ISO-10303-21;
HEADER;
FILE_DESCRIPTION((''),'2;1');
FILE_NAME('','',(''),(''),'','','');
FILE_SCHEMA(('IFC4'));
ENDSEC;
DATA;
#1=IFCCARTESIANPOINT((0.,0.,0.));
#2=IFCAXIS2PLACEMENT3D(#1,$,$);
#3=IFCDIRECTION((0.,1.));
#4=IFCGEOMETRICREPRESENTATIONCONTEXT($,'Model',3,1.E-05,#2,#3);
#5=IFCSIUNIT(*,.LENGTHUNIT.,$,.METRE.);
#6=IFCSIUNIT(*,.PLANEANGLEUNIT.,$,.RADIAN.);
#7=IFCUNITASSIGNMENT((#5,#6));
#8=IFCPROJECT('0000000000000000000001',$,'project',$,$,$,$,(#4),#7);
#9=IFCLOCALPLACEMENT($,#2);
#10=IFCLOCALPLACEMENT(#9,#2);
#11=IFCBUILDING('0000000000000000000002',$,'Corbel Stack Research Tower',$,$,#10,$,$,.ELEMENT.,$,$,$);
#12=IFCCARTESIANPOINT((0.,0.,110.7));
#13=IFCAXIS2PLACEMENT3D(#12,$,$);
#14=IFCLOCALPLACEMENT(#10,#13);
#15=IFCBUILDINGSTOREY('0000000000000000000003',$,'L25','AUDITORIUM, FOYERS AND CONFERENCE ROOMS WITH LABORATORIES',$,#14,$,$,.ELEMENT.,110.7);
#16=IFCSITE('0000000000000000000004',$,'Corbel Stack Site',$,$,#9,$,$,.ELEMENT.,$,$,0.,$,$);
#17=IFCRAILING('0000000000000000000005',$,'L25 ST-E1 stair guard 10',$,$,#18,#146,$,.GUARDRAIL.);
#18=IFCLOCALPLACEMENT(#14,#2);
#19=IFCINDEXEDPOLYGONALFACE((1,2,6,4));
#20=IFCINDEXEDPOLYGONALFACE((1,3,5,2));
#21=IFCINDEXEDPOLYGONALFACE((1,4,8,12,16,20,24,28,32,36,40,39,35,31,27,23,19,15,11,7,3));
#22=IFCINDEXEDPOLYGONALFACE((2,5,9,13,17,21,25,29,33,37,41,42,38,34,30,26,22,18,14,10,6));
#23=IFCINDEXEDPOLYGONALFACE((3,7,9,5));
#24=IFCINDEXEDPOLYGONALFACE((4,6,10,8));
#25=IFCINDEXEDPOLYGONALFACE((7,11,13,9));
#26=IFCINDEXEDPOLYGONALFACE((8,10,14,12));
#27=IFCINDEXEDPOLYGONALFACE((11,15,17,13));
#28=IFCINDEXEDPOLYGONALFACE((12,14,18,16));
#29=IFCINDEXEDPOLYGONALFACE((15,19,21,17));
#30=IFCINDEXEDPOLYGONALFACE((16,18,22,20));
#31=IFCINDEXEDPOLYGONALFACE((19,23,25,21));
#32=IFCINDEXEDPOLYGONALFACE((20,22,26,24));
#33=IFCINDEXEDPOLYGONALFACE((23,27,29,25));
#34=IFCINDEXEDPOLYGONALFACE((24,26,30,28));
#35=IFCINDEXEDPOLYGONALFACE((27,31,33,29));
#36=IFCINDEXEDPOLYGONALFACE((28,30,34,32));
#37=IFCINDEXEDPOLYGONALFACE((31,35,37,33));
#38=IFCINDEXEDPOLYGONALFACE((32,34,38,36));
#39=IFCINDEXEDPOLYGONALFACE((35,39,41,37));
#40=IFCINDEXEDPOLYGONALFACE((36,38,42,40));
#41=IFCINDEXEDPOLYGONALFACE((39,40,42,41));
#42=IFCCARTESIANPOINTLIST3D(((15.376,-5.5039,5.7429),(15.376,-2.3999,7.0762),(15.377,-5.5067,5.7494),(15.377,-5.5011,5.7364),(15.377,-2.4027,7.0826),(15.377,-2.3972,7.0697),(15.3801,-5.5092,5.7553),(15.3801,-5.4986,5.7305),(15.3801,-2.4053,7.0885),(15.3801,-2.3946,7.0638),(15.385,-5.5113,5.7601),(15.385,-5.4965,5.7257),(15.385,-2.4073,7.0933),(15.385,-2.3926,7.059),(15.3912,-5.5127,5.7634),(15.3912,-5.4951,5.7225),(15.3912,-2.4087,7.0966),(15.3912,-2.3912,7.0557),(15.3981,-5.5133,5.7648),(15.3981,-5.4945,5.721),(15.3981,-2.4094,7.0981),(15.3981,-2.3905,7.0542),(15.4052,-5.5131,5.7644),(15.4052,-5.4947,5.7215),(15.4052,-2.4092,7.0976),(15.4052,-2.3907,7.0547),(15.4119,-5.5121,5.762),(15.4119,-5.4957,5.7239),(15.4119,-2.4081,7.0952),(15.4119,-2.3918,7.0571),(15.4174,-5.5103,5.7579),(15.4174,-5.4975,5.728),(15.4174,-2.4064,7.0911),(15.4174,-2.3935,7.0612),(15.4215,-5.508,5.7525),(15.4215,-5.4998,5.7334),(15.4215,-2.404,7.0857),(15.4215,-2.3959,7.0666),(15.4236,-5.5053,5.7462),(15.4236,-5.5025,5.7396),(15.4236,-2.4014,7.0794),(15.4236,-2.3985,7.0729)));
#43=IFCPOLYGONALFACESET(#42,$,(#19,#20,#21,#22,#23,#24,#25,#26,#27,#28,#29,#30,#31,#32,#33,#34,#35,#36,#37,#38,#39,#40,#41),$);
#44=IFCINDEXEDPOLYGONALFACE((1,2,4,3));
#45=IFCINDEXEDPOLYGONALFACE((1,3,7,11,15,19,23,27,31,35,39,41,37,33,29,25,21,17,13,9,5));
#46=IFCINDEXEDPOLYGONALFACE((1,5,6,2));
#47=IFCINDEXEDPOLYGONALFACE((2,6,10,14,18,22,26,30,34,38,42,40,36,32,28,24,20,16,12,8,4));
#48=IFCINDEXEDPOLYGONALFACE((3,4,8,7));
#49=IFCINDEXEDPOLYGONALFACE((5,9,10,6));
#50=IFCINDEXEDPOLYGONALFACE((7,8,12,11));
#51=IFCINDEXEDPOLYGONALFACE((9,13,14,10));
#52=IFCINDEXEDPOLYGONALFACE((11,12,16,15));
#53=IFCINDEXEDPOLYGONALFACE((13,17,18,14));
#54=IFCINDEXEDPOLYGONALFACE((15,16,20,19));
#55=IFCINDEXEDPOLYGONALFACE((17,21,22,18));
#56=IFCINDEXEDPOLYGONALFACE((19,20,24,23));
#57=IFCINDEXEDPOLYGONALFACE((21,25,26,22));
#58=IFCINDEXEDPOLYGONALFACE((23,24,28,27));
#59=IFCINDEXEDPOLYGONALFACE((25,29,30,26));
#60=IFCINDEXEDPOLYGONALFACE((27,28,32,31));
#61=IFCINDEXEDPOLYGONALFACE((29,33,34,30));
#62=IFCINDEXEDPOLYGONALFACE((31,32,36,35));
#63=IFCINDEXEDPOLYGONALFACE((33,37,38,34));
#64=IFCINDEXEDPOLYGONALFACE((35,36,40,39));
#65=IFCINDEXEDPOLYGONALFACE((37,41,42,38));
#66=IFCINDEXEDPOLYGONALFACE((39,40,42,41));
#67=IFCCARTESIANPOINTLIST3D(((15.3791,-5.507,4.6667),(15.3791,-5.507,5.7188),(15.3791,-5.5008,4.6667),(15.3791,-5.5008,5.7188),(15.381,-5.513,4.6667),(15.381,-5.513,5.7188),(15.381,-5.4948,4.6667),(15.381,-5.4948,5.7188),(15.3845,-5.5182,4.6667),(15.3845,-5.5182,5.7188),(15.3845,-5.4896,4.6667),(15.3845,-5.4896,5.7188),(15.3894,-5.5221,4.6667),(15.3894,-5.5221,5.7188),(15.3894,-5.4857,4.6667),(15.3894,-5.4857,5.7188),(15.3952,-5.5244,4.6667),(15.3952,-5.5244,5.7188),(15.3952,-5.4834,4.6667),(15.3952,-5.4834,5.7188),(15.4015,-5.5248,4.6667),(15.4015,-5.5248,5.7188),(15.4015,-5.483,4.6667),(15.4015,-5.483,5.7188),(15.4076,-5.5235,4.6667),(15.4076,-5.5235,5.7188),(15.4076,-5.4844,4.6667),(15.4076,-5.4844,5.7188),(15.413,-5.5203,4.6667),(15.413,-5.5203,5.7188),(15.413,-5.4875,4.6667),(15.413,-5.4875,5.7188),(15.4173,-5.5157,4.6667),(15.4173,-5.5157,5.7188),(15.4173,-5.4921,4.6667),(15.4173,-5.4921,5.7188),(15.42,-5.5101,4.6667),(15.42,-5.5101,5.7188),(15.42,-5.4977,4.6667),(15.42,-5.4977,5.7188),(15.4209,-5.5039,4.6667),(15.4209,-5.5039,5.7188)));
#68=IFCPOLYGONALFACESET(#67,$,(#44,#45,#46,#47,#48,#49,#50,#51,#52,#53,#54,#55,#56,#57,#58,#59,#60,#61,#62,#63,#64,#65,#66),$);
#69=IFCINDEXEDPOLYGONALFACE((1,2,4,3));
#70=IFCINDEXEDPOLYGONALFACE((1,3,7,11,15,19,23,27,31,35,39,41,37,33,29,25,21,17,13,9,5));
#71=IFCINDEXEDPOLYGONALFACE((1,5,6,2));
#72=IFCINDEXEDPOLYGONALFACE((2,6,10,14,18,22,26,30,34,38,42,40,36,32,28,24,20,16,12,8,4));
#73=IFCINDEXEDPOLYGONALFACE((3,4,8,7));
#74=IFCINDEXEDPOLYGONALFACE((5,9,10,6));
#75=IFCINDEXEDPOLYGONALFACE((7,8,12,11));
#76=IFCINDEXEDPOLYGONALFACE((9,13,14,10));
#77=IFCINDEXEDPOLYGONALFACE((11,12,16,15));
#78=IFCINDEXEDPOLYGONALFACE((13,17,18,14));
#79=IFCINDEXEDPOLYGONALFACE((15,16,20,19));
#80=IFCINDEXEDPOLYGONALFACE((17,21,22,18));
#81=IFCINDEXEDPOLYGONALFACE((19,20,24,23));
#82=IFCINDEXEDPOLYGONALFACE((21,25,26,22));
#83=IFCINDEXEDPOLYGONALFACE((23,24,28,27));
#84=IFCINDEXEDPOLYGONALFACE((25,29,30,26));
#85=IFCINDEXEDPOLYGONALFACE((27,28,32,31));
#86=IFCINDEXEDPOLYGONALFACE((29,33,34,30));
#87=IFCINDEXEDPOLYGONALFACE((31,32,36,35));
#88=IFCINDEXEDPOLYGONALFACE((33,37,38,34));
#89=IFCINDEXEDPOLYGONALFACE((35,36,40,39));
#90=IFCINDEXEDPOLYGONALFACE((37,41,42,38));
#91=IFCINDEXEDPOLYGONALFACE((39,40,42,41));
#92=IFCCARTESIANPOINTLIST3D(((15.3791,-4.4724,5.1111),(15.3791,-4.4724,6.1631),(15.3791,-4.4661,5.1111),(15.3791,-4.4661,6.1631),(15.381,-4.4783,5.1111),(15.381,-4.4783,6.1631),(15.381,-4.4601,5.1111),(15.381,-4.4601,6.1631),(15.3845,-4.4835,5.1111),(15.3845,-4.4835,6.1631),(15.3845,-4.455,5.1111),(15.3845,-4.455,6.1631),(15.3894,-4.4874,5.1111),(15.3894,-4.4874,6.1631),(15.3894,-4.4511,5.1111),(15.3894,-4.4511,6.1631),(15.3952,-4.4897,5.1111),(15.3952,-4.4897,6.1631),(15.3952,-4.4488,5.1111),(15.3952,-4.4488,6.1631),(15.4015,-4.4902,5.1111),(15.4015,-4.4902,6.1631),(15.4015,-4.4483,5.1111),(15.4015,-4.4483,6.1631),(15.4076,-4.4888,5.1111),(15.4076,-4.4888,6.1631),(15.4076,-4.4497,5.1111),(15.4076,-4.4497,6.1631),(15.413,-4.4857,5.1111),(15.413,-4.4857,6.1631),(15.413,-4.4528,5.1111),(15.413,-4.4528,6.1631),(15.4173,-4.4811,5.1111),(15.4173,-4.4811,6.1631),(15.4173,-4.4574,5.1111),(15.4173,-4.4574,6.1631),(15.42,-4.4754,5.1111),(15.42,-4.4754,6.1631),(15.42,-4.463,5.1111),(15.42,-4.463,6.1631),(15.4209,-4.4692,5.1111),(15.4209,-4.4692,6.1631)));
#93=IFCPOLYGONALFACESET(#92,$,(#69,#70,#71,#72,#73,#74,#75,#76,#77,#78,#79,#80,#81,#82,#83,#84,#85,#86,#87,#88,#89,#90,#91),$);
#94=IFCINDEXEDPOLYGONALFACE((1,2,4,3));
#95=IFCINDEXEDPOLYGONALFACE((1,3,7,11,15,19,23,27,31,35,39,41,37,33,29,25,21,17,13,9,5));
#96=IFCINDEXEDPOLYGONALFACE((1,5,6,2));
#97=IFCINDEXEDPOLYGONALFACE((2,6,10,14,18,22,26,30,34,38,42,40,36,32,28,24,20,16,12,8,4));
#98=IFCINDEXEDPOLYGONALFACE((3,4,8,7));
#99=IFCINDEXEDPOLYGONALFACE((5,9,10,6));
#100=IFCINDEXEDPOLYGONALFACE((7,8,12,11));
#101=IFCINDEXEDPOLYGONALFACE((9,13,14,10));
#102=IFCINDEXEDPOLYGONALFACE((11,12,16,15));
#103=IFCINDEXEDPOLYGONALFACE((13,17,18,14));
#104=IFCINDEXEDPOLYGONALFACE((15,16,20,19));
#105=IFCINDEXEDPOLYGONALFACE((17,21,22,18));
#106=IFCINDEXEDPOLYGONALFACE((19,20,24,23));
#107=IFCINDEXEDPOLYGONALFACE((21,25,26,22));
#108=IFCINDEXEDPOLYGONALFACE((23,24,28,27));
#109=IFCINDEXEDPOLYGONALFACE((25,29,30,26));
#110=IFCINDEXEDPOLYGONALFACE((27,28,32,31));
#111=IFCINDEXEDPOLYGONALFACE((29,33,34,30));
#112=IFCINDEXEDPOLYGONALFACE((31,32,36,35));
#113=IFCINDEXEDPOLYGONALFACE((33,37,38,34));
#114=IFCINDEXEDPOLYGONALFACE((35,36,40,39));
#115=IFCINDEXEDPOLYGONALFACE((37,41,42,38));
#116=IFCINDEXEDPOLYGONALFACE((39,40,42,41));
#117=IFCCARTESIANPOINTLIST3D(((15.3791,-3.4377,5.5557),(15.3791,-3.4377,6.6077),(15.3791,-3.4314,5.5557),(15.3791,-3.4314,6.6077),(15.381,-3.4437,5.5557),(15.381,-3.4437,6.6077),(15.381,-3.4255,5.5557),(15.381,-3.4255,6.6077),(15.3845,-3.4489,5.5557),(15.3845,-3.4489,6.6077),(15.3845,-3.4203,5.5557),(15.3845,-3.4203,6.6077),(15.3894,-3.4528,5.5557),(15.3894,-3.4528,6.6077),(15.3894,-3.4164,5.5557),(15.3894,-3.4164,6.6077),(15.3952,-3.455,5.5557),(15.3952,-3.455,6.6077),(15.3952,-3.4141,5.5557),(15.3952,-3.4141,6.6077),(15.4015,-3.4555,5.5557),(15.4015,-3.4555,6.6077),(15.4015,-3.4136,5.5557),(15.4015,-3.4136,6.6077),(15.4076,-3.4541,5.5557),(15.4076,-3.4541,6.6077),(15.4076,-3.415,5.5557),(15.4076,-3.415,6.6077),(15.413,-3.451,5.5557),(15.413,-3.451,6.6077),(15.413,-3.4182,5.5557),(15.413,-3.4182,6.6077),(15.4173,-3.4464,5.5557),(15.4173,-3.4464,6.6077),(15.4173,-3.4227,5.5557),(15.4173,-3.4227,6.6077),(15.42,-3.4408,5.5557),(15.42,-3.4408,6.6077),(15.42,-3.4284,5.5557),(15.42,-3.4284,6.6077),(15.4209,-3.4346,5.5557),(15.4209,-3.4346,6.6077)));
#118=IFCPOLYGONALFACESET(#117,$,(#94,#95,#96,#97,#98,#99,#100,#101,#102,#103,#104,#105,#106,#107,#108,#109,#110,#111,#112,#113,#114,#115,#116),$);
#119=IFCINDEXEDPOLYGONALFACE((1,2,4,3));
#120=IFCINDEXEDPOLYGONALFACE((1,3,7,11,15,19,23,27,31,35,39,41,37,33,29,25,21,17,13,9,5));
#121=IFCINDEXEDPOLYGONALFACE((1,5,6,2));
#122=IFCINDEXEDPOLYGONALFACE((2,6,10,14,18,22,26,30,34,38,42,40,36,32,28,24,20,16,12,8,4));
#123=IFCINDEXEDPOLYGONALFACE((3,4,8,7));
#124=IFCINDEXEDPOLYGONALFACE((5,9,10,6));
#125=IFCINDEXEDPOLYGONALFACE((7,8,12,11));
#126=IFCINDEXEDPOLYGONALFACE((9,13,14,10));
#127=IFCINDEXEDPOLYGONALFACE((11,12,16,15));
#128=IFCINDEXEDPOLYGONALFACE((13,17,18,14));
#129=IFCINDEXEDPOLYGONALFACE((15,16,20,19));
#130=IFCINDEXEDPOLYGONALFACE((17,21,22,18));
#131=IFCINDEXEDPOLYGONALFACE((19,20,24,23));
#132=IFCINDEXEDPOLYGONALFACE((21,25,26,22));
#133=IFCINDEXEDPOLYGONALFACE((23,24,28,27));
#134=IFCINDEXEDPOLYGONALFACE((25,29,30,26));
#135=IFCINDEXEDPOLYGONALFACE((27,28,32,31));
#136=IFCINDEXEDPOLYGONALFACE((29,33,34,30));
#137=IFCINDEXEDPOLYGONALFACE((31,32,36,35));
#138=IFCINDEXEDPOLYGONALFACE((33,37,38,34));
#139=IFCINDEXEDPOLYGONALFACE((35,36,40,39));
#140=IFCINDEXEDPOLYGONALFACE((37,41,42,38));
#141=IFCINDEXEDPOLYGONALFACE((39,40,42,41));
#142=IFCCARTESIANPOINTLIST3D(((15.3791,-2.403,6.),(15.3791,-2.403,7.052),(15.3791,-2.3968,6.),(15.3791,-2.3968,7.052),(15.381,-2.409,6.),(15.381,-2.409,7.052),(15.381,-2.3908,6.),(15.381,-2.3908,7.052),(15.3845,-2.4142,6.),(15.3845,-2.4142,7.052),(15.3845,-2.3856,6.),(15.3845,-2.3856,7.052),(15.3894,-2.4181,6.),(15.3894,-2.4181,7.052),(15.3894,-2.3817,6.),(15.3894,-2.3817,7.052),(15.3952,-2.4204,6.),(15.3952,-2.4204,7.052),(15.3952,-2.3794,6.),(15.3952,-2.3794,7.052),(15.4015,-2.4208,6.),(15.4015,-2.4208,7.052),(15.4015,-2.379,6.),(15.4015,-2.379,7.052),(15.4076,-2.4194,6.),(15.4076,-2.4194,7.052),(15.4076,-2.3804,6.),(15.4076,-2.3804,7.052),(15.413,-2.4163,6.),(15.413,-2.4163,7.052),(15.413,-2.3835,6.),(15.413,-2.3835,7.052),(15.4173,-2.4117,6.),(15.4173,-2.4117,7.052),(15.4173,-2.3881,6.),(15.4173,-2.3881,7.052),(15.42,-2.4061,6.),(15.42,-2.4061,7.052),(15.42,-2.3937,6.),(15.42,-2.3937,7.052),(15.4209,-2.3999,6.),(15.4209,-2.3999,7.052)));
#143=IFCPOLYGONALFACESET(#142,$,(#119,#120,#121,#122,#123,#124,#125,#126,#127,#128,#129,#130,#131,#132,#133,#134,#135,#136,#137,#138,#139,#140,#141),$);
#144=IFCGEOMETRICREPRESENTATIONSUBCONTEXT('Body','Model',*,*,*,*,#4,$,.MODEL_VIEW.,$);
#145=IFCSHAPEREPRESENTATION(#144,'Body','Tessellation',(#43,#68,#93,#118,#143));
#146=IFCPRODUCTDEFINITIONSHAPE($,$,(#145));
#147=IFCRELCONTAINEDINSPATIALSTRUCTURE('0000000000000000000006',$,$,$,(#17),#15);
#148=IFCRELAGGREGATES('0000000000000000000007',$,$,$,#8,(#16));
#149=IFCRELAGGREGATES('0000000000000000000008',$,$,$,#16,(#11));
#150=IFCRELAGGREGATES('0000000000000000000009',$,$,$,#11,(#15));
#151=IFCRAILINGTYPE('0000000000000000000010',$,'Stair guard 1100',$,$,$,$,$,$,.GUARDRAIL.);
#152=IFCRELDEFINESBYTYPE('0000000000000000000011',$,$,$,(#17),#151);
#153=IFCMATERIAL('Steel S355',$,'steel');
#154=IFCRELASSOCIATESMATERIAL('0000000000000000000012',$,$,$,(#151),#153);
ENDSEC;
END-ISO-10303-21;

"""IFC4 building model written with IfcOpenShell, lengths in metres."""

from ifc_helpers import new_model, si_unit, direction, frame, origin, origin_2d, place, context, subcontext, project, spatial, circle, extrude, material, type_object, element, save


model = new_model("IFC4")

# Units and contexts
model_context = context("Model", 3, precision=1e-05, world=origin(), true_north=direction((0.0, 1.0)))
body_context = subcontext(model_context, "Body", "Model", "MODEL_VIEW")
ifc_project = project(units=[si_unit("LENGTHUNIT", "METRE"), si_unit("PLANEANGLEUNIT", "RADIAN")], contexts=[model_context])

# Site, building, storey
site_placement = place(None, origin())
site = spatial("IfcSite", under=ifc_project, at=site_placement, Name="Corbel Stack Site", CompositionType="ELEMENT", RefElevation=0.0)
building_placement = place(site_placement, origin())
building = spatial("IfcBuilding", under=site, at=building_placement, Name="Corbel Stack Research Tower", CompositionType="ELEMENT")
storey_placement = place(building_placement, frame((0.0, 0.0, 110.7)))
storey = spatial("IfcBuildingStorey", under=building, at=storey_placement, Name="L25", Description="AUDITORIUM, FOYERS AND CONFERENCE ROOMS WITH LABORATORIES", CompositionType="ELEMENT", Elevation=110.7)

# Railing
ifc_material_1 = material(Name="Steel S355", Category="steel")
railing_type_1 = type_object("IfcRailingType", Name="Stair guard 1100", PredefinedType="GUARDRAIL", material=ifc_material_1)
railing_1_placement = place(storey_placement, frame((15.3999, -5.5039, 4.6667)))
element("IfcRailing", 1, at=railing_1_placement, inside=storey, type_object=railing_type_1, Name="L25 ST-E1 stair guard 10", PredefinedType="GUARDRAIL", context=body_context, shape_type="SweptSolid", body=[
    extrude(circle(Radius=0.0239, at=origin_2d()), frame((0.0, 0.0, 1.0762), z_axis=(0.0, 0.918827, 0.394661), x_axis=(-1.0, 0.0, 0.0)), (0.0, 0.0, 1.0), 3.3782),
    extrude(circle(Radius=0.021, at=origin_2d()), origin(), (0.0, 0.0, 1.0), 1.052),
    extrude(circle(Radius=0.021, at=origin_2d()), frame((0.0, 1.0347, 0.4443)), (0.0, 0.0, 1.0), 1.052),
    extrude(circle(Radius=0.021, at=origin_2d()), frame((0.0, 2.0693, 0.8889)), (0.0, 0.0, 1.0), 1.052),
    extrude(circle(Radius=0.021, at=origin_2d()), frame((0.0, 3.104, 1.3333)), (0.0, 0.0, 1.0), 1.052),
])

save(model, "model.ifc")
